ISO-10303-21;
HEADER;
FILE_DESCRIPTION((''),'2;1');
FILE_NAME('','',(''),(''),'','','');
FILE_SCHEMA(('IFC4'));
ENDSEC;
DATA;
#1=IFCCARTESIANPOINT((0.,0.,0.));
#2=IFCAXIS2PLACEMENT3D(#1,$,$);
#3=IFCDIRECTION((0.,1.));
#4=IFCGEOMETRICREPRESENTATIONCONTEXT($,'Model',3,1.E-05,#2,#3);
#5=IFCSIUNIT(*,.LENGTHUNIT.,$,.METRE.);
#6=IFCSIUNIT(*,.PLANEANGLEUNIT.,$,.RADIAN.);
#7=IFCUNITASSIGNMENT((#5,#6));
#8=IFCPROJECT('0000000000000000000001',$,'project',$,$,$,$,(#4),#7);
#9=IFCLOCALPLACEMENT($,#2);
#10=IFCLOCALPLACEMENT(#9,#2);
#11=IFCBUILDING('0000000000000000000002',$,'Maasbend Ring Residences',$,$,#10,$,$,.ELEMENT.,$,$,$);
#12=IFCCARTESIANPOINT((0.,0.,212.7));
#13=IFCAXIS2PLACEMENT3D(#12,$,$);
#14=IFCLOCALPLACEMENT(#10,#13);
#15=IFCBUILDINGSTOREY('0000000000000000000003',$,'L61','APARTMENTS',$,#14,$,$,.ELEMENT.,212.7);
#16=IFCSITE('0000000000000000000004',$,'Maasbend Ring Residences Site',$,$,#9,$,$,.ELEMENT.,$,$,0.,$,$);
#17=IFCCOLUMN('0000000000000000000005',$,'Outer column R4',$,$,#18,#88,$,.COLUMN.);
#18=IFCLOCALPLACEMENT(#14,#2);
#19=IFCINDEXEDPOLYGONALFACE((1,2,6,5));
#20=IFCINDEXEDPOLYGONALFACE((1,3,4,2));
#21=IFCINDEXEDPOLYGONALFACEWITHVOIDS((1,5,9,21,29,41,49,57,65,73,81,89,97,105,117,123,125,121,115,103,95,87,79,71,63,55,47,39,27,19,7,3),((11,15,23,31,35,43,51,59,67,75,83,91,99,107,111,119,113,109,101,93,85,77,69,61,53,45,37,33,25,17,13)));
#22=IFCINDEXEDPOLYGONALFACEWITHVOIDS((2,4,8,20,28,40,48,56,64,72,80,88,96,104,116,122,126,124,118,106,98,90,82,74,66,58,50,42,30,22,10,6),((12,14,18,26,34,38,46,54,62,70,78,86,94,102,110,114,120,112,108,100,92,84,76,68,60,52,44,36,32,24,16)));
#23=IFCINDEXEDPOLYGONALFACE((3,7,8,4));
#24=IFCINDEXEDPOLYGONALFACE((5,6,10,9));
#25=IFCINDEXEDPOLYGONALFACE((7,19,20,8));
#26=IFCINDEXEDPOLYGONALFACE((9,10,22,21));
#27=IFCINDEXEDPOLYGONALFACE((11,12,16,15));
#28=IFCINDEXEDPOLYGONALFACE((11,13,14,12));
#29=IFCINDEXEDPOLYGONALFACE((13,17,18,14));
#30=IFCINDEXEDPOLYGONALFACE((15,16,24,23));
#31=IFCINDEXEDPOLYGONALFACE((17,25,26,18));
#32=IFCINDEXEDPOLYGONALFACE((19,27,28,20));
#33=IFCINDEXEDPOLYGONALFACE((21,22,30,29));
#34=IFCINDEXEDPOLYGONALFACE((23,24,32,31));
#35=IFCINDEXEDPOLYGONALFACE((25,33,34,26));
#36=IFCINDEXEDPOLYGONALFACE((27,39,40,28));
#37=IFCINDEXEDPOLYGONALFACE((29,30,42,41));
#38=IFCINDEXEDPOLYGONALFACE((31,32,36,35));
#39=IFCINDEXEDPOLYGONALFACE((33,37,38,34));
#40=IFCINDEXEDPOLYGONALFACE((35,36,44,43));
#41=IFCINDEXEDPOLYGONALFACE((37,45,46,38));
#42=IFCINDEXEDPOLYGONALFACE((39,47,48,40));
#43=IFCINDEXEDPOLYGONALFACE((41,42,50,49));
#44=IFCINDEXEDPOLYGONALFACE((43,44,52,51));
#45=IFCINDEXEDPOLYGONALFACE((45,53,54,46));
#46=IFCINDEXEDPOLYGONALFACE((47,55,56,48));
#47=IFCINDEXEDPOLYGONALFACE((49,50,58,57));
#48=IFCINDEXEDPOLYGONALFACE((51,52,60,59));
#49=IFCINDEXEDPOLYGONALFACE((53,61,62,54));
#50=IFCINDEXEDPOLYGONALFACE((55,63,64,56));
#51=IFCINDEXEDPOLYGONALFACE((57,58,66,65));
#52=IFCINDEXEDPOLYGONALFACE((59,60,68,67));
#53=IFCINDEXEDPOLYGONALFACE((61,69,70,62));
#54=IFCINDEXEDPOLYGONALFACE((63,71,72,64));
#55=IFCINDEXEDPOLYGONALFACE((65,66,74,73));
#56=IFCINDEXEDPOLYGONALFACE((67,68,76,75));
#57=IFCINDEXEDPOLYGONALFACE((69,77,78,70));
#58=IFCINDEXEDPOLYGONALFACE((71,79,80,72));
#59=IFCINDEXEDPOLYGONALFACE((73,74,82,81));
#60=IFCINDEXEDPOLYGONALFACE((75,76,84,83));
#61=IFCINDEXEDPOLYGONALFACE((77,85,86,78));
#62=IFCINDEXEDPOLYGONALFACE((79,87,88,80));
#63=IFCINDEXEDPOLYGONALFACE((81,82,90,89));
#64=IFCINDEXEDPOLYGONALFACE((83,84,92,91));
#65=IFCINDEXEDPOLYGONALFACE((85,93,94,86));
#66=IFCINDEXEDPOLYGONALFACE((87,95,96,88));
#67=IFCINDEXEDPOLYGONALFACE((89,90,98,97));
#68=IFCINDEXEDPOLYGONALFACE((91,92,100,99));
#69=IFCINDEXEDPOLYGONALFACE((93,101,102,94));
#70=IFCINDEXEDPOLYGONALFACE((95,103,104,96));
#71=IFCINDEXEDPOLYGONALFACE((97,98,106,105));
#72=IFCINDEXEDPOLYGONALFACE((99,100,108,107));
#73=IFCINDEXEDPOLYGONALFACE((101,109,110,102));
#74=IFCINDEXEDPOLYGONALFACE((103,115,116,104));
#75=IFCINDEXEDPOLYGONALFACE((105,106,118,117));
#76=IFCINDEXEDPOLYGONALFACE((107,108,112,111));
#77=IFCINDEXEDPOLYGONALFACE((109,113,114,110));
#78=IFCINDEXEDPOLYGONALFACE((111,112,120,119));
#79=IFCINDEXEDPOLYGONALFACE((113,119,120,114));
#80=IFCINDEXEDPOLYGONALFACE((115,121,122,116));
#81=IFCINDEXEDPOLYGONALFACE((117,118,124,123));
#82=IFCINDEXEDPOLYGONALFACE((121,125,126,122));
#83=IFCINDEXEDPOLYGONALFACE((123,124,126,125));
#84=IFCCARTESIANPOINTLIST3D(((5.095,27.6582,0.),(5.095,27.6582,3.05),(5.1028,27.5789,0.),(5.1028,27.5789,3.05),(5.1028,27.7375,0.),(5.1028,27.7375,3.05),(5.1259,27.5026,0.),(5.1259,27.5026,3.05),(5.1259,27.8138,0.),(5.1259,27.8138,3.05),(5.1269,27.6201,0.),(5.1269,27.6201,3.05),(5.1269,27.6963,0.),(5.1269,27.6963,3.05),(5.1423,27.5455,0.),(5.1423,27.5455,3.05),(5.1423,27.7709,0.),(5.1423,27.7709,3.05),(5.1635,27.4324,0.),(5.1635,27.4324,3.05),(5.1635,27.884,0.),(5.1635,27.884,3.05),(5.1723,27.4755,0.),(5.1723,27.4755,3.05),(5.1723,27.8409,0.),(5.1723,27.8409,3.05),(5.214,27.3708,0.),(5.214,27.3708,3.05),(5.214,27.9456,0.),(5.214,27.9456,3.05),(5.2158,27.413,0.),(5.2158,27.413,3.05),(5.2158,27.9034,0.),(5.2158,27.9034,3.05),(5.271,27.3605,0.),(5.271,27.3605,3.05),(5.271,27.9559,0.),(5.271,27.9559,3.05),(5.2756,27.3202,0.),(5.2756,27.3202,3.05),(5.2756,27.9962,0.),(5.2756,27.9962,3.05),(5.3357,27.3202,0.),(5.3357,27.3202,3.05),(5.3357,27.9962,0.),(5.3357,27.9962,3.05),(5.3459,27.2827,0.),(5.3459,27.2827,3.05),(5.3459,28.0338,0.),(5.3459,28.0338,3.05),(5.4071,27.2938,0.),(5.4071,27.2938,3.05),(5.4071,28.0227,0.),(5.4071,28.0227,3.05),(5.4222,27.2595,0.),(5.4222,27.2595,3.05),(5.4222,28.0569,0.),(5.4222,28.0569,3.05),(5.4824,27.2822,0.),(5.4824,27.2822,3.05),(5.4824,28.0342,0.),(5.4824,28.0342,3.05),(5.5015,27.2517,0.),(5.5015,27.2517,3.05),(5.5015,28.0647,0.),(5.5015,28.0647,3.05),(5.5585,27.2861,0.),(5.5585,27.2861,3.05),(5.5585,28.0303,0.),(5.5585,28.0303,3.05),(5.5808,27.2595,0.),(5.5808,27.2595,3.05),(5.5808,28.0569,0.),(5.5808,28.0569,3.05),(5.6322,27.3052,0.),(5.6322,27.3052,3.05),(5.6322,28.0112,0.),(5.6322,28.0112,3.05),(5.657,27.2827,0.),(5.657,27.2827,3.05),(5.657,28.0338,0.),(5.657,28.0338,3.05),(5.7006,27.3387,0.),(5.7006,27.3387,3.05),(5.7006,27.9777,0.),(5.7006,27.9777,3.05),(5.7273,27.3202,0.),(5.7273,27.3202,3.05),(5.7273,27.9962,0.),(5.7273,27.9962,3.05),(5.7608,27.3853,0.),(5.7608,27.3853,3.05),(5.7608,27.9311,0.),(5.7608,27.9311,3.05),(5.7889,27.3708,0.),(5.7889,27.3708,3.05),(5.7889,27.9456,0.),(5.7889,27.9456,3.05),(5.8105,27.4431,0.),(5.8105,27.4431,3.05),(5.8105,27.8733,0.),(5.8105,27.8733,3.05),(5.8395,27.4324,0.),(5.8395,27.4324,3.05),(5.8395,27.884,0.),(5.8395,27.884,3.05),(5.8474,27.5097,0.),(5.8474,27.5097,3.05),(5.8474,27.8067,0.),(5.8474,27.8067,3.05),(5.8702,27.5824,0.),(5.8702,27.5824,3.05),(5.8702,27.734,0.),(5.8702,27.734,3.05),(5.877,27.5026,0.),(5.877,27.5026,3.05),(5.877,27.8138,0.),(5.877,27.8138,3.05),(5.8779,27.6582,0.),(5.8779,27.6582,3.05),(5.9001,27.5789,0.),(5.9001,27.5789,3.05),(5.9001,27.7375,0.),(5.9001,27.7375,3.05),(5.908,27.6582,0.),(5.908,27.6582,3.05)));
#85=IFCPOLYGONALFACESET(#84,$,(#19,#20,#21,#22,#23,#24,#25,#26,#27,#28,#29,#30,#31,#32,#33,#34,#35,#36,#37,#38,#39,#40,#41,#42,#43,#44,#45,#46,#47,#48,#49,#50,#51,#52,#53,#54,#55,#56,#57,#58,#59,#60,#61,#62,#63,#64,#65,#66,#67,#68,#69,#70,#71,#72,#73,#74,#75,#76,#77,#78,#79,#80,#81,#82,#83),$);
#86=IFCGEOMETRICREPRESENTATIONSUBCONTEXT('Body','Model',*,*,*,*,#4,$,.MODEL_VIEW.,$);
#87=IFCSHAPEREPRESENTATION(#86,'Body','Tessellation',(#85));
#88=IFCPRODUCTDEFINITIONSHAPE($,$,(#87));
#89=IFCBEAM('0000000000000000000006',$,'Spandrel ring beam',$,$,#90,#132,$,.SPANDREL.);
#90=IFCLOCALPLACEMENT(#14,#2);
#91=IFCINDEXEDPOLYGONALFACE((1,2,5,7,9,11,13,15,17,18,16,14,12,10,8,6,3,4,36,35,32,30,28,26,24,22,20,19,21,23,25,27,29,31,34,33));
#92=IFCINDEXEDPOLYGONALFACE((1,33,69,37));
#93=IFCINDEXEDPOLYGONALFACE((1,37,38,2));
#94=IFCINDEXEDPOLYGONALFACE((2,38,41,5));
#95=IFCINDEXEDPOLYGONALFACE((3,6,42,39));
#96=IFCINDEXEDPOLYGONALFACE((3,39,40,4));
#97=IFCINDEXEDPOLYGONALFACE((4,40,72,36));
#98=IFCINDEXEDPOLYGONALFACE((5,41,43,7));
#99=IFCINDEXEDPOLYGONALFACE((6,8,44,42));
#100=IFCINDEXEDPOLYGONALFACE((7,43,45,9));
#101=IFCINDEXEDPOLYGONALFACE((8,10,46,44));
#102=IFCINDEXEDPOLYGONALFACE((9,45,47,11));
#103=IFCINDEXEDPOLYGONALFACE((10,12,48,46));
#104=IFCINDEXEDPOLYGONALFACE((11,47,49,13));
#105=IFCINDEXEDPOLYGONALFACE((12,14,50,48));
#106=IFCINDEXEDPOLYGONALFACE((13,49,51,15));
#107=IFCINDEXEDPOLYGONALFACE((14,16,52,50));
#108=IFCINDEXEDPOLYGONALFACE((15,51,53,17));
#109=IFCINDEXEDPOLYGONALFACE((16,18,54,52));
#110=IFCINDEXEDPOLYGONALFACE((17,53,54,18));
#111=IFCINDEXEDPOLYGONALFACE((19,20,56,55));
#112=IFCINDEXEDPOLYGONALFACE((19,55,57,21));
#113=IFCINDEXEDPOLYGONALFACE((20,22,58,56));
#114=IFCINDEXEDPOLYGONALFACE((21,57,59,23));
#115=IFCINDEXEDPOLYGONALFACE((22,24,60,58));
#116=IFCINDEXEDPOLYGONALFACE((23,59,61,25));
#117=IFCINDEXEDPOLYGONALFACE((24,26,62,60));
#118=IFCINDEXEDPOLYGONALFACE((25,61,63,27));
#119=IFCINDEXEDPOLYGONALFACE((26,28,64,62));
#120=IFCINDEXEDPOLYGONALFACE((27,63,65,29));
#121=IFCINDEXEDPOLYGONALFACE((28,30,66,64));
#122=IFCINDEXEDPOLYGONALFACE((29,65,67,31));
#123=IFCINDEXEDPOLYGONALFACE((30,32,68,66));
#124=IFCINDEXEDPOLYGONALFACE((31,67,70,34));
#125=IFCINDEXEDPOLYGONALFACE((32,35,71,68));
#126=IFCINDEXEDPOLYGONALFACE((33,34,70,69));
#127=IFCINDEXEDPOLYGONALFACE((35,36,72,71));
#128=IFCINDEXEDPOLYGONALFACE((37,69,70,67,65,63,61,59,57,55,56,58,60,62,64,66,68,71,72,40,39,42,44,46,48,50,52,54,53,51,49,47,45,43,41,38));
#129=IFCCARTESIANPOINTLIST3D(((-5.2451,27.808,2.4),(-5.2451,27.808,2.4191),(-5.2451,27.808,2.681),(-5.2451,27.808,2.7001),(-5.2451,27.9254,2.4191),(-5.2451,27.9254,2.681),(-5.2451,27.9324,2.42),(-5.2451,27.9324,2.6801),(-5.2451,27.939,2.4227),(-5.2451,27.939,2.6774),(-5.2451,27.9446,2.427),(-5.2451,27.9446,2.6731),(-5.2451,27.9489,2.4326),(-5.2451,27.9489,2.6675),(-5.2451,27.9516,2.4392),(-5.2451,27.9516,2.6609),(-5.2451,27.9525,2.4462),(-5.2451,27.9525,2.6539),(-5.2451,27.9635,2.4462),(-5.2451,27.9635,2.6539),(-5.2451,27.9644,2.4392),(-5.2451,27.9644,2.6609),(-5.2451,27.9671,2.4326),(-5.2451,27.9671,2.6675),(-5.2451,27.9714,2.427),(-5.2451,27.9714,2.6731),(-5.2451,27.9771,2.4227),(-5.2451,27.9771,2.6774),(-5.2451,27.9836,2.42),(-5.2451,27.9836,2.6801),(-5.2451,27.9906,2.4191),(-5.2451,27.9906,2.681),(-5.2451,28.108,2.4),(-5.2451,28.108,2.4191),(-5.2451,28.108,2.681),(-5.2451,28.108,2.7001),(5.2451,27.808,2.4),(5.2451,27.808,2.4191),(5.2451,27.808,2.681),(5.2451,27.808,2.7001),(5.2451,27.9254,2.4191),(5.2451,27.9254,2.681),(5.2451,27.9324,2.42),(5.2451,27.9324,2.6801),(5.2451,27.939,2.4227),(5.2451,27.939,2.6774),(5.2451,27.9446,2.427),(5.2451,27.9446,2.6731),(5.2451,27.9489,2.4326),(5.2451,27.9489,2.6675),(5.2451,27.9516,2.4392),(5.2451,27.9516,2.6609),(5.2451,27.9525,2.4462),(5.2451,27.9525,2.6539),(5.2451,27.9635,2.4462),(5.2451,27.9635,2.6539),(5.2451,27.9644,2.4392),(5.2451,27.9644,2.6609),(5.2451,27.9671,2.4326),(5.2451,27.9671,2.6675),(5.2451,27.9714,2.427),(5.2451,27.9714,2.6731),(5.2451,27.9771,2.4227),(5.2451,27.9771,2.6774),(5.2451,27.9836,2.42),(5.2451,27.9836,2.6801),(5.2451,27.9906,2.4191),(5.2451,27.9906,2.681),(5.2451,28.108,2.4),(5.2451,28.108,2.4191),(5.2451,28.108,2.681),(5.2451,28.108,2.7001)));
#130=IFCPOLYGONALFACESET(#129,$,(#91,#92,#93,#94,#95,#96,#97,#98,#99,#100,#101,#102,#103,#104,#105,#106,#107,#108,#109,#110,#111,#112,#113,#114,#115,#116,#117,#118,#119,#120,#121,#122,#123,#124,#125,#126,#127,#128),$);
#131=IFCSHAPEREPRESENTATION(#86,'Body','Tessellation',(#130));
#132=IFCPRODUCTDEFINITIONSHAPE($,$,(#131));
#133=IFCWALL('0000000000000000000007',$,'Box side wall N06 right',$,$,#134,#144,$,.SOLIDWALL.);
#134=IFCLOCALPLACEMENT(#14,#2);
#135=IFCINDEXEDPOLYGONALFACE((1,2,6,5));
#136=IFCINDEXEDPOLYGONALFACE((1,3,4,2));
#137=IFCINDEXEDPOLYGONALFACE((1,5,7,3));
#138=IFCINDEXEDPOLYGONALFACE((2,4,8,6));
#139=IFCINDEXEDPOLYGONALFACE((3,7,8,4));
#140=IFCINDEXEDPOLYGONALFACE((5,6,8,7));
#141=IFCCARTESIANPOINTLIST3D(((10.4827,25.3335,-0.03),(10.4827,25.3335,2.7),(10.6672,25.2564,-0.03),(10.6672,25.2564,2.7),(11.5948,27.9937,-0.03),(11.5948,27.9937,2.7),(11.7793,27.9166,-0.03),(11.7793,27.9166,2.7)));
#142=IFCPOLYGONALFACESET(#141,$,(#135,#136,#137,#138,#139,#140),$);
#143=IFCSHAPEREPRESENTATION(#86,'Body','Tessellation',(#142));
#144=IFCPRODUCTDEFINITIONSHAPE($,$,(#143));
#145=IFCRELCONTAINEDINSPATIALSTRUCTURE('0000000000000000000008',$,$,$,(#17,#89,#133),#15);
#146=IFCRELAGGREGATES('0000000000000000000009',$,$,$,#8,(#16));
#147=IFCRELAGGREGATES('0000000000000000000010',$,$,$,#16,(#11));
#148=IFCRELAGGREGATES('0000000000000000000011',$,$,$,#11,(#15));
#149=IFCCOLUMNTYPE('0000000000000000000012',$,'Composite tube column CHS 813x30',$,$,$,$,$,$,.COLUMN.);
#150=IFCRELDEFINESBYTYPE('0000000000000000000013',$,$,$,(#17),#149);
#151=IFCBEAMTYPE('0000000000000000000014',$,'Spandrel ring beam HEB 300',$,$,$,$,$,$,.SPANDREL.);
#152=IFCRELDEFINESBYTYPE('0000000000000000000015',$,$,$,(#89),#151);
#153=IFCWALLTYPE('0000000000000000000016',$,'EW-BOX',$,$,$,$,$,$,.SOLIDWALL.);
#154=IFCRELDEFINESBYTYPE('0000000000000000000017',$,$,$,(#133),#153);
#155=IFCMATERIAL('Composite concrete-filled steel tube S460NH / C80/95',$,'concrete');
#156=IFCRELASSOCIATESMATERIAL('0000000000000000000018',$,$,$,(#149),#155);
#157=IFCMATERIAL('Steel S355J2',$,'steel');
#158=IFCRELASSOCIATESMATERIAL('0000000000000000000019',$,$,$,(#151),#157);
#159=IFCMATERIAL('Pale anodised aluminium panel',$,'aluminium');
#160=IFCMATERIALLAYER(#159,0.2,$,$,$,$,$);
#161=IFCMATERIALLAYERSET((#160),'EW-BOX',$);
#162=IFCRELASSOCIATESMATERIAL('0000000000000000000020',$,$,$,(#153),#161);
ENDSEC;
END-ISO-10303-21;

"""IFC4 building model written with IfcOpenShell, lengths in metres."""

from ifc_helpers import new_model, si_unit, direction, frame, frame_2d, origin, origin_2d, place, context, subcontext, project, spatial, rectangle, hollow_circle, i_section, extrude, material, layer, layer_set, material_profile, profile_set, type_object, element, save


model = new_model("IFC4")

# Units and contexts
model_context = context("Model", 3, precision=1e-05, world=origin(), true_north=direction((0.0, 1.0)))
body_context = subcontext(model_context, "Body", "Model", "MODEL_VIEW")
ifc_project = project(units=[si_unit("LENGTHUNIT", "METRE"), si_unit("PLANEANGLEUNIT", "RADIAN")], contexts=[model_context])

# Site, building, storey
site_placement = place(None, origin())
site = spatial("IfcSite", under=ifc_project, at=site_placement, Name="Maasbend Ring Residences Site", CompositionType="ELEMENT", RefElevation=0.0)
building_placement = place(site_placement, origin())
building = spatial("IfcBuilding", under=site, at=building_placement, Name="Maasbend Ring Residences", CompositionType="ELEMENT")
storey_placement = place(building_placement, frame((0.0, 0.0, 212.7)))
storey = spatial("IfcBuildingStorey", under=building, at=storey_placement, Name="L61", Description="APARTMENTS", CompositionType="ELEMENT", Elevation=212.7)

# Column
ifc_material_1 = material(Name="Composite concrete-filled steel tube S460NH / C80/95", Category="concrete")
ifc_material_profile_1 = material_profile(ifc_material_1, hollow_circle(Radius=0.4065, WallThickness=0.03, at=origin_2d()), Name="Composite tube column CHS 813x30")
ifc_profile_set_1 = profile_set([ifc_material_profile_1], Name="Composite concrete-filled steel tube S460NH / C80/95")
column_type = type_object("IfcColumnType", Name="Composite tube column CHS 813x30", PredefinedType="COLUMN", material=ifc_profile_set_1)
column_placement = place(storey_placement, frame((5.5015, 27.6582, 0.0), z_axis=(0.0, 0.0, 1.0), x_axis=(1.0, 0.0, 0.0)))
element("IfcColumn", 1, at=column_placement, inside=storey, type_object=column_type, Name="Outer column R4", PredefinedType="COLUMN", context=body_context, shape_type="SweptSolid", body=[
    extrude(hollow_circle(Radius=0.4065, WallThickness=0.03, at=origin_2d()), origin(), (0.0, 0.0, 1.0), 3.05),
])

# Beam
ifc_material_2 = material(Name="Steel S355J2", Category="steel")
ifc_material_profile_2 = material_profile(ifc_material_2, i_section(OverallWidth=0.3, OverallDepth=0.3, WebThickness=0.011, FlangeThickness=0.019, FilletRadius=0.0271, at=origin_2d()), Name="HEB 300")
ifc_profile_set_2 = profile_set([ifc_material_profile_2], Name="Steel S355J2")
beam_type = type_object("IfcBeamType", Name="Spandrel ring beam HEB 300", PredefinedType="SPANDREL", material=ifc_profile_set_2)
beam_placement = place(storey_placement, frame((5.2451, 27.958, 2.55), z_axis=(-1.0, 0.0, 0.0), x_axis=(0.0, -1.0, 0.0)))
element("IfcBeam", 2, at=beam_placement, inside=storey, type_object=beam_type, Name="Spandrel ring beam", PredefinedType="SPANDREL", context=body_context, shape_type="SweptSolid", body=[
    extrude(i_section(OverallWidth=0.3, OverallDepth=0.3, WebThickness=0.011, FlangeThickness=0.019, FilletRadius=0.0271, at=origin_2d()), origin(), (0.0, 0.0, 1.0), 10.4902),
])

# Wall
ifc_material_3 = material(Name="Pale anodised aluminium panel", Category="aluminium")
ifc_layer_1 = layer(ifc_material_3, 0.2)
ifc_layer_set_1 = layer_set([ifc_layer_1], Name="EW-BOX")
wall_type_1 = type_object("IfcWallType", Name="EW-BOX", PredefinedType="SOLIDWALL", material=ifc_layer_set_1)
wall_1_placement = place(storey_placement, frame((10.575, 25.2949, -0.03), z_axis=(0.0, 0.0, 1.0), x_axis=(0.385697, 0.922625, 0.0)))
element("IfcWall", 3, at=wall_1_placement, inside=storey, type_object=wall_type_1, Name="Box side wall N06 right", PredefinedType="SOLIDWALL", context=body_context, shape_type="SweptSolid", body=[
    extrude(rectangle(XDim=2.8833, YDim=0.2, at=frame_2d((1.4417, 0.0))), origin(), (0.0, 0.0, 1.0), 2.73),
])

save(model, "model.ifc")
